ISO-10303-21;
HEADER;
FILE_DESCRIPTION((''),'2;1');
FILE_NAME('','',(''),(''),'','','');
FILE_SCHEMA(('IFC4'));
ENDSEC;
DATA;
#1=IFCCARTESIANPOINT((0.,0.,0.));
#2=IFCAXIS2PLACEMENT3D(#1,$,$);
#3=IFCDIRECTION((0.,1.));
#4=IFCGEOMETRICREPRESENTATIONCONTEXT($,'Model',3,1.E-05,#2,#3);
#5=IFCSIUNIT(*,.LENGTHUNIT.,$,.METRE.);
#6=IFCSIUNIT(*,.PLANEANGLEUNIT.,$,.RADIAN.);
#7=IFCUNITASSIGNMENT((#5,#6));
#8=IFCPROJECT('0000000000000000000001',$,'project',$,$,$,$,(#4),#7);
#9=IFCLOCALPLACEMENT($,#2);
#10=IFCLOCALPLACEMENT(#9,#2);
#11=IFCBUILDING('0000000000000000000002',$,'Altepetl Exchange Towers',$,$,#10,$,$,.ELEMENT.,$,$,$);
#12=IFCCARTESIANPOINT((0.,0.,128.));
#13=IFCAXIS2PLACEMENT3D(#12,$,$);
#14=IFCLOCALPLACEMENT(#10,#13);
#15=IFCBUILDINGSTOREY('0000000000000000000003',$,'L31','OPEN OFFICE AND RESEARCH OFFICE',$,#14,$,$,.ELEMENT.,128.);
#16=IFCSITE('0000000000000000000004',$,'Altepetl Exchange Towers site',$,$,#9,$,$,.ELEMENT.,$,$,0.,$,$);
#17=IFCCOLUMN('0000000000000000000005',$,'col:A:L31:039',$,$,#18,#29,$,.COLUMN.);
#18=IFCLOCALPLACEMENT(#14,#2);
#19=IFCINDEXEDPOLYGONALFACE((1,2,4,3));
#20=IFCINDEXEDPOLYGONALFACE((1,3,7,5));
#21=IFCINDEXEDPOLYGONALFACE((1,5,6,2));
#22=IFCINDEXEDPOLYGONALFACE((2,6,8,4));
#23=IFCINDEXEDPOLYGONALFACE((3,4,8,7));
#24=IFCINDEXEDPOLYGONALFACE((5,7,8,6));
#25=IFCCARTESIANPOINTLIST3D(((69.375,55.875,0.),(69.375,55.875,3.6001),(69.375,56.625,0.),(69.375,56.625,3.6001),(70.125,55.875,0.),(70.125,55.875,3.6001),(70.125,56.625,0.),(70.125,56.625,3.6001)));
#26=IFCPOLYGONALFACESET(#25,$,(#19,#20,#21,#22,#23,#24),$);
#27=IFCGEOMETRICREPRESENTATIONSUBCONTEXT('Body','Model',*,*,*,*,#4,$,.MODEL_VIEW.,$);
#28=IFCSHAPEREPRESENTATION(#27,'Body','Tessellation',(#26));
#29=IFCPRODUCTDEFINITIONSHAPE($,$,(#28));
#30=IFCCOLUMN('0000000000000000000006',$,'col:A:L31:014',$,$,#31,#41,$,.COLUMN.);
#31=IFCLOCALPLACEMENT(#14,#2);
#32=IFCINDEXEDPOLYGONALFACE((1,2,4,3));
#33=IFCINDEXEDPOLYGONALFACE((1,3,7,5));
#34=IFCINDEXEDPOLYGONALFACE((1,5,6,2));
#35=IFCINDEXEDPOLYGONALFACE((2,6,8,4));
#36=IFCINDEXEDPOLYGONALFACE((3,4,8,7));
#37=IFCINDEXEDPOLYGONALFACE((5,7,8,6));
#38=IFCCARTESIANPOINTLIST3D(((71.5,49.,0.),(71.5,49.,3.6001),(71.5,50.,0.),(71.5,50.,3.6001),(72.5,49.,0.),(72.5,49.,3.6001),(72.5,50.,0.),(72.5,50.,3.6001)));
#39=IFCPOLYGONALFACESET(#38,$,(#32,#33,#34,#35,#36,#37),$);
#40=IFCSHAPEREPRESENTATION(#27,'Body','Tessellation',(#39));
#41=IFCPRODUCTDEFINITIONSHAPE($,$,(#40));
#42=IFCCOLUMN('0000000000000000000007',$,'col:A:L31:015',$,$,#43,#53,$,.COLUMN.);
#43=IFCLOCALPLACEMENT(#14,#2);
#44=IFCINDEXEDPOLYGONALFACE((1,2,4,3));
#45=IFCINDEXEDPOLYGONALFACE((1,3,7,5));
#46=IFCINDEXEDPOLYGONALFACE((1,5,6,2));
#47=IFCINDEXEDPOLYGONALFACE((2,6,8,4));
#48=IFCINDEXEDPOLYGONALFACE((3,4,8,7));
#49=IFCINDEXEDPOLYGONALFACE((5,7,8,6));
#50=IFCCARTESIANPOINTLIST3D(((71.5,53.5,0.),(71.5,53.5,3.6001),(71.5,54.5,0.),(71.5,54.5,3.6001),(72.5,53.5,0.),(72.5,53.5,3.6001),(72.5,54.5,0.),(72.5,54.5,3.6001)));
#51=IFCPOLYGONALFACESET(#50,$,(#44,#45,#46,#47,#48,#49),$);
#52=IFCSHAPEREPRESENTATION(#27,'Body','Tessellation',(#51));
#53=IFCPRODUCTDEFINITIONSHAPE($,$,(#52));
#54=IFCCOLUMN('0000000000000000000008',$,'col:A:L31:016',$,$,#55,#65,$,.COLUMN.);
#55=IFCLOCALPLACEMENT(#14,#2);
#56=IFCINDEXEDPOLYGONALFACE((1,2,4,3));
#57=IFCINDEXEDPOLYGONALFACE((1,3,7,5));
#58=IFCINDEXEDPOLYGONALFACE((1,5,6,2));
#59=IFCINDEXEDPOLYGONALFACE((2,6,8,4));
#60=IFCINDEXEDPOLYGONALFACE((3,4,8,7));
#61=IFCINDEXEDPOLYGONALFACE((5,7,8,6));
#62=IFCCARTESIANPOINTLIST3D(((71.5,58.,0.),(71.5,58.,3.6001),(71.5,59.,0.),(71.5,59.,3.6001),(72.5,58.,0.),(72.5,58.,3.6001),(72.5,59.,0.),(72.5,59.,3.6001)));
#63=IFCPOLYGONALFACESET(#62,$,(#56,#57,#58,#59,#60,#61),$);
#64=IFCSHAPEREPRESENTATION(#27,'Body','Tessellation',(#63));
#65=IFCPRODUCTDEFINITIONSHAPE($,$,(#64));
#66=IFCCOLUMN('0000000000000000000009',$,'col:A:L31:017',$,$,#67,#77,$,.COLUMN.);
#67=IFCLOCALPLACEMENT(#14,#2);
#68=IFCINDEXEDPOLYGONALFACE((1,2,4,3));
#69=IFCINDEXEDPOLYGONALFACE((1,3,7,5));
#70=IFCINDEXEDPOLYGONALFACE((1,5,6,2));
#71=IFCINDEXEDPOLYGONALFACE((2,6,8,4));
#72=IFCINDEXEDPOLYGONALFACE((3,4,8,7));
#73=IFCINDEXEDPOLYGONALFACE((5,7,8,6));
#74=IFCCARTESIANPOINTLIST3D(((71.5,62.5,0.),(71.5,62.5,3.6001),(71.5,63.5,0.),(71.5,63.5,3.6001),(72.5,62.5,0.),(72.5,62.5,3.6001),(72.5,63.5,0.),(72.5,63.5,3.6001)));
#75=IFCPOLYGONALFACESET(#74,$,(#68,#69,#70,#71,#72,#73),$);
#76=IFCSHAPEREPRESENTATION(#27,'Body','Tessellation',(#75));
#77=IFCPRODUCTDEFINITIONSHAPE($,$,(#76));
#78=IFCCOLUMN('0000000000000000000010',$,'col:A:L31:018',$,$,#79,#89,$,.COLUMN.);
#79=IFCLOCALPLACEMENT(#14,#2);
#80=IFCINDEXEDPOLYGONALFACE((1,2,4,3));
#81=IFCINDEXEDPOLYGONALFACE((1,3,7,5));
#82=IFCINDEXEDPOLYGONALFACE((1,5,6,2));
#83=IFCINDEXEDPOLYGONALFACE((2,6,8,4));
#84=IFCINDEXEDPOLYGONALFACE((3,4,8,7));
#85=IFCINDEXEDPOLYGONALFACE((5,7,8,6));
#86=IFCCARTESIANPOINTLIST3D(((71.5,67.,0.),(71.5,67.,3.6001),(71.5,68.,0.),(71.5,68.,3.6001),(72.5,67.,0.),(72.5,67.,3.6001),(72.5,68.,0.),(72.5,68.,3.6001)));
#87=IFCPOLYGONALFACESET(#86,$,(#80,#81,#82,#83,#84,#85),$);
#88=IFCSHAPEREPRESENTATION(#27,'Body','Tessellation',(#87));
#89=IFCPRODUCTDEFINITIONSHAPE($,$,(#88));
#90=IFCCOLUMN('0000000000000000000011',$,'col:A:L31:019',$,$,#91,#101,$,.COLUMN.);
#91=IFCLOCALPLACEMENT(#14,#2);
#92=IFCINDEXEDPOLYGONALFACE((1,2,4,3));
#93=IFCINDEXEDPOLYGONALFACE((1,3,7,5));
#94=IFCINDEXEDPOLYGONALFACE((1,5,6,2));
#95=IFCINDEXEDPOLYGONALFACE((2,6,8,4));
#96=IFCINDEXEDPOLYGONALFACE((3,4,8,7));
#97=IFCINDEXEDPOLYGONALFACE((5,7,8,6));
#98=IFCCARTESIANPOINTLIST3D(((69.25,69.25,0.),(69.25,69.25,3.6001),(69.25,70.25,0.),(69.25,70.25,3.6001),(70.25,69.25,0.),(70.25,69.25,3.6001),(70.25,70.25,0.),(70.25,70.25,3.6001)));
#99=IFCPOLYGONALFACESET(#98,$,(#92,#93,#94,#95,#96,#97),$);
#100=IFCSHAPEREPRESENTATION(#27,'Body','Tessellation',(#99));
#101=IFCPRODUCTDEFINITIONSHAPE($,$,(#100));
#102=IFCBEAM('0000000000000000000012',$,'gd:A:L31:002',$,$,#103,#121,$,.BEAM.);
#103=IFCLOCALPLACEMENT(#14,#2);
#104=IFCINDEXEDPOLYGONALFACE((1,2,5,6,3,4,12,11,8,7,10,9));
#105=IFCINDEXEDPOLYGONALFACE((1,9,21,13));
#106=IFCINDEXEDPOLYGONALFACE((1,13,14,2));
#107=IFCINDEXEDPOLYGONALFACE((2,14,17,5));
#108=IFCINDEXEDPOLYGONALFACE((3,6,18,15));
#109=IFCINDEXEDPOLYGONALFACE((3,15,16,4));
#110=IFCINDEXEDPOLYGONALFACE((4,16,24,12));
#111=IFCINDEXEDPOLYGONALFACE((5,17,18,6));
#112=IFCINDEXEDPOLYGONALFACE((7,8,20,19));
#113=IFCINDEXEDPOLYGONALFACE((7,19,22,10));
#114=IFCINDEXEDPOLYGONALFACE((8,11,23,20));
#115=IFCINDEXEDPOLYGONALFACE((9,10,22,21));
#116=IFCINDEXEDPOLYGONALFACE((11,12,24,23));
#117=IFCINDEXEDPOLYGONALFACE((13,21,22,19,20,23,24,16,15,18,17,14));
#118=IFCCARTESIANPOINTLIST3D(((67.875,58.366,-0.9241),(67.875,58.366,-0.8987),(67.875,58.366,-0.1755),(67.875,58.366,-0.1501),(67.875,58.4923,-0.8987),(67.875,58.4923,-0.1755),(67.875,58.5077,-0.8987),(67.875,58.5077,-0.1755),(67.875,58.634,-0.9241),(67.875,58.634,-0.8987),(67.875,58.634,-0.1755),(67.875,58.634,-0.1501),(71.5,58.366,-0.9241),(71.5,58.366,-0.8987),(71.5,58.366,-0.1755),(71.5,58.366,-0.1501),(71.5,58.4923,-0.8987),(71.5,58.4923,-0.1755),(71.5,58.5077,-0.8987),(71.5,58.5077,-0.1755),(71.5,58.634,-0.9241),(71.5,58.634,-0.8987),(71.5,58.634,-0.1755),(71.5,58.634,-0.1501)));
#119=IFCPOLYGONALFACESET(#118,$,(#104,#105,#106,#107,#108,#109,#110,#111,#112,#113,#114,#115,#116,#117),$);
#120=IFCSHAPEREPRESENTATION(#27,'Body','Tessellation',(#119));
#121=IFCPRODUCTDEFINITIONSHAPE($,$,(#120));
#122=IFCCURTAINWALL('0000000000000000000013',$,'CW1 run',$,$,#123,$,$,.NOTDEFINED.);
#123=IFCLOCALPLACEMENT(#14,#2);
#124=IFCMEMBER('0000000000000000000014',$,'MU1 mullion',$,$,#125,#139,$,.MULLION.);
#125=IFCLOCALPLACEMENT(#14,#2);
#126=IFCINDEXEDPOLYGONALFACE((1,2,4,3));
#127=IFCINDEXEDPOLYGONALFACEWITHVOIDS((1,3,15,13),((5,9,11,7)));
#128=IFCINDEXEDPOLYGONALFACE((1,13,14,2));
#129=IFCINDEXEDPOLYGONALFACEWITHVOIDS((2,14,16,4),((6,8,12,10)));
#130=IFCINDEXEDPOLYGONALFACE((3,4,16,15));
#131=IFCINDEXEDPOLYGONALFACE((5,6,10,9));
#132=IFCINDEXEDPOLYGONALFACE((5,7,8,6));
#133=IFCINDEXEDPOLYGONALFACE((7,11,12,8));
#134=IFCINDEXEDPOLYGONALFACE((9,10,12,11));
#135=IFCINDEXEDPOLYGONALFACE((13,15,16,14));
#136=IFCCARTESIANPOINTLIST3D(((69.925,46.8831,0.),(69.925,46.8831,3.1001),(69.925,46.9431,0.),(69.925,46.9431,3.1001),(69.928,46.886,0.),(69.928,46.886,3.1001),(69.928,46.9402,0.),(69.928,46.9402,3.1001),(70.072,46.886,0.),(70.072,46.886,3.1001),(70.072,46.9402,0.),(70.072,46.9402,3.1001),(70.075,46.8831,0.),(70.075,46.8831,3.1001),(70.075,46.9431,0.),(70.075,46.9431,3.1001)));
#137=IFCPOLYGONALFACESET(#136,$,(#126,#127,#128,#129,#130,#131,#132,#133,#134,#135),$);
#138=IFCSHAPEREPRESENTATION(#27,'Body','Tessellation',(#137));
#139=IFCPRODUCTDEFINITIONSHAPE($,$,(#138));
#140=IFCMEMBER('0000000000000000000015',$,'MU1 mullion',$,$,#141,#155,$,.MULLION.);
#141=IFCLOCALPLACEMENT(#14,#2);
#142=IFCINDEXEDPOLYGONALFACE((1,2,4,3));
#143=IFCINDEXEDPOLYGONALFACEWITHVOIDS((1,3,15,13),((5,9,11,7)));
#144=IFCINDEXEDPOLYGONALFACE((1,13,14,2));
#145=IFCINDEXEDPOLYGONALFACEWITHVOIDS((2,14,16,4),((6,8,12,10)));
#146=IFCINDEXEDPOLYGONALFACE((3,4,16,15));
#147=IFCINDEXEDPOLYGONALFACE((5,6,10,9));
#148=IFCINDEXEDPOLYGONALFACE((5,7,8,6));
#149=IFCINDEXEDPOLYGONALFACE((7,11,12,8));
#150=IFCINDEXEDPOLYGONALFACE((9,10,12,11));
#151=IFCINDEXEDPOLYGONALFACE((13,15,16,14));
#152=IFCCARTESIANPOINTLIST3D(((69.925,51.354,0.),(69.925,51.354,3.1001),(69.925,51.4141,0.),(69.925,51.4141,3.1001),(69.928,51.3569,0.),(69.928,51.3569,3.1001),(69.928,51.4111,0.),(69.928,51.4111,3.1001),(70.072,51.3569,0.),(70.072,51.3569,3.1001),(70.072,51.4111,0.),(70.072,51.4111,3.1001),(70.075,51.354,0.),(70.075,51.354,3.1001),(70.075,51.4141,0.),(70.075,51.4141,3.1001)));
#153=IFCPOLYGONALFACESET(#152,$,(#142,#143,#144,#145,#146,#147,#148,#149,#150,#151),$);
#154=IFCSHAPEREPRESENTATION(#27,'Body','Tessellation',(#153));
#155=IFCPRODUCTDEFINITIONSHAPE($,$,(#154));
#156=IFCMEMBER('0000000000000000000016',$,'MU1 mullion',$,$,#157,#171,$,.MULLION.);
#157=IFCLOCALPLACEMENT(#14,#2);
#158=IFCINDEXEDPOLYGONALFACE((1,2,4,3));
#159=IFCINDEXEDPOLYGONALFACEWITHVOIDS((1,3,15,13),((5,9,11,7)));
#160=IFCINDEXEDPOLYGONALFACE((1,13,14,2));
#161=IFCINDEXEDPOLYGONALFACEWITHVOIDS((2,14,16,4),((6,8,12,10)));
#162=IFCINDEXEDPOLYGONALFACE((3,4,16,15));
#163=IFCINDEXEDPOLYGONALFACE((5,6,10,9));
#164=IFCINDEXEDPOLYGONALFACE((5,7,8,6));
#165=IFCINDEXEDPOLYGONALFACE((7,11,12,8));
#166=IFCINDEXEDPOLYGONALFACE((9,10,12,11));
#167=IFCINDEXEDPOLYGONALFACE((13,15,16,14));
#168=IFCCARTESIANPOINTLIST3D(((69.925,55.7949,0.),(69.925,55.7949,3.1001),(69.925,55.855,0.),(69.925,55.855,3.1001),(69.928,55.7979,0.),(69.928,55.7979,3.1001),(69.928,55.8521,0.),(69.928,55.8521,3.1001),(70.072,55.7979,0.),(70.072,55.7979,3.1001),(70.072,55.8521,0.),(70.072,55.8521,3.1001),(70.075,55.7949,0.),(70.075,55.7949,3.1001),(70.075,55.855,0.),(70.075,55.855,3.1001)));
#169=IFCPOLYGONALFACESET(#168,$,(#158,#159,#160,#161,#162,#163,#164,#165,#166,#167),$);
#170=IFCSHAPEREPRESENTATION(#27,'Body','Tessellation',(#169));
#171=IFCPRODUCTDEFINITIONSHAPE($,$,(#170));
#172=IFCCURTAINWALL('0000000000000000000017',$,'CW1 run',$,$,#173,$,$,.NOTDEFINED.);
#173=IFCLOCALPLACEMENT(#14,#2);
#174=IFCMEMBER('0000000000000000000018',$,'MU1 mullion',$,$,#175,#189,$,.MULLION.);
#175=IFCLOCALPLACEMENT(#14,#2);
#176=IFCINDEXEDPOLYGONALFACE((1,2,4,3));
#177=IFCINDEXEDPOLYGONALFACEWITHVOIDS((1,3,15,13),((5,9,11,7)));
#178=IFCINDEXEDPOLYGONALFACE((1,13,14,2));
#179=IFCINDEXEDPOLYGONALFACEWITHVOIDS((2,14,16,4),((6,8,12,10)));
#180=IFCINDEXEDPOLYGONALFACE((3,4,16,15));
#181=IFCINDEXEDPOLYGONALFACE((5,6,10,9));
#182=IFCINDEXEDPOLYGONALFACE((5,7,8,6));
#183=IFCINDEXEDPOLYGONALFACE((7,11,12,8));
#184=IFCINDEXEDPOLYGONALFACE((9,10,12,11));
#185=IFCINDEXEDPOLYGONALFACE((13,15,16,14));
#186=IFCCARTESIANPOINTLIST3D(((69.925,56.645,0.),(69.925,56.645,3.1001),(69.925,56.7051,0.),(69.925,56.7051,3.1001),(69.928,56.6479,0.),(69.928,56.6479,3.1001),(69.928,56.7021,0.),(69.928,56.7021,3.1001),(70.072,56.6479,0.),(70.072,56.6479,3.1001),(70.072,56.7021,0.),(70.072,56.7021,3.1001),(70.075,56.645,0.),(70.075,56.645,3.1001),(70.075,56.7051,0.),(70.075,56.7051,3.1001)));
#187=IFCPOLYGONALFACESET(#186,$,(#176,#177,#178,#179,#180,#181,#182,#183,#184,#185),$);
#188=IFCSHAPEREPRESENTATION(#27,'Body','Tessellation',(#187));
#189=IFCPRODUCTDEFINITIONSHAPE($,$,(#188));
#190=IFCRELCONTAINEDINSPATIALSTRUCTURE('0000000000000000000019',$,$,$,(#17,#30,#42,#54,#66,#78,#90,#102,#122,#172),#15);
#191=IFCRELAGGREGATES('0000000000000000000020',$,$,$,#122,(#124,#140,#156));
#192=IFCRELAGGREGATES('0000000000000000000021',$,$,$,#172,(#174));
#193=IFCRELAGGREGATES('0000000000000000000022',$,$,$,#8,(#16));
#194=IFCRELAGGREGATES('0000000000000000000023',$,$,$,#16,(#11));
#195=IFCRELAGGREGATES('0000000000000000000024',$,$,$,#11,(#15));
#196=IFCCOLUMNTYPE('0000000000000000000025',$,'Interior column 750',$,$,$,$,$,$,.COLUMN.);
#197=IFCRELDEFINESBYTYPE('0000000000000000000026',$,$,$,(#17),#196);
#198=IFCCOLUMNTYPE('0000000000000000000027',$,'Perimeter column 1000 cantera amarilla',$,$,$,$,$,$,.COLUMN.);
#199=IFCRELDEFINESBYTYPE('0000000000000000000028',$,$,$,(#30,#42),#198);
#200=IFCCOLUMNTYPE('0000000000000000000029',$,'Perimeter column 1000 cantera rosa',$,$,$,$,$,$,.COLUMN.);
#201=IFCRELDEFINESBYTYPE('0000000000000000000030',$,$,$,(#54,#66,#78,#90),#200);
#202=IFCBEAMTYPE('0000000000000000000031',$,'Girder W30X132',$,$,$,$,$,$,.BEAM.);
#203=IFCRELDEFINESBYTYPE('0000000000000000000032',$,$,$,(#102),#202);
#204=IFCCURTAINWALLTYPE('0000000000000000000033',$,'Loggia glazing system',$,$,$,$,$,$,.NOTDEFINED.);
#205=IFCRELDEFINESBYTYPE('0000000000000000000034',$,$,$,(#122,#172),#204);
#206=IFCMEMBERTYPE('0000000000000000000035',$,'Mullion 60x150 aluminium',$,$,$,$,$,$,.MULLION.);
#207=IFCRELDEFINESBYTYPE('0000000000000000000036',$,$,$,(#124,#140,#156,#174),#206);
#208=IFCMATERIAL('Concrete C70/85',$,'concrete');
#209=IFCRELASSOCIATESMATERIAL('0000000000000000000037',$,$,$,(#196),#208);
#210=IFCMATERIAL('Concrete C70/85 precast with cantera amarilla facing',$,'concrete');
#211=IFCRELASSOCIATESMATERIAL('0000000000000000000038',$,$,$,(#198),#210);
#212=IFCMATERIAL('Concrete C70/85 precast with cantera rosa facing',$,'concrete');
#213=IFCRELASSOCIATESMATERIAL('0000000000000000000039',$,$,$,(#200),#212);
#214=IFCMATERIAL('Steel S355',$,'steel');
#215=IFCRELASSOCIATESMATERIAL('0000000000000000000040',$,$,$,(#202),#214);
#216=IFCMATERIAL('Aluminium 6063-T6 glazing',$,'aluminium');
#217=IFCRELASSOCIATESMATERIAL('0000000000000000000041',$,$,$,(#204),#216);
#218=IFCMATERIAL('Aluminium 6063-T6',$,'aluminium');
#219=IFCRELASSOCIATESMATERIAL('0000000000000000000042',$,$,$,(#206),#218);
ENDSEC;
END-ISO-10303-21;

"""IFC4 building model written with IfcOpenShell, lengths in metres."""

from ifc_helpers import new_model, si_unit, direction, frame, origin, origin_2d, place, context, subcontext, project, spatial, rectangle, hollow_rectangle, i_section, extrude, material, material_profile, profile_set, type_object, element, aggregate, save


model = new_model("IFC4")

# Units and contexts
model_context = context("Model", 3, precision=1e-05, world=origin(), true_north=direction((0.0, 1.0)))
body_context = subcontext(model_context, "Body", "Model", "MODEL_VIEW")
ifc_project = project(units=[si_unit("LENGTHUNIT", "METRE"), si_unit("PLANEANGLEUNIT", "RADIAN")], contexts=[model_context])

# Site, building, storey
site_placement = place(None, origin())
site = spatial("IfcSite", under=ifc_project, at=site_placement, Name="Altepetl Exchange Towers site", CompositionType="ELEMENT", RefElevation=0.0)
building_placement = place(site_placement, origin())
building = spatial("IfcBuilding", under=site, at=building_placement, Name="Altepetl Exchange Towers", CompositionType="ELEMENT")
storey_placement = place(building_placement, frame((0.0, 0.0, 128.0)))
storey = spatial("IfcBuildingStorey", under=building, at=storey_placement, Name="L31", Description="OPEN OFFICE AND RESEARCH OFFICE", CompositionType="ELEMENT", Elevation=128.0)

# Columns
ifc_material_1 = material(Name="Concrete C70/85", Category="concrete")
ifc_material_profile_1 = material_profile(ifc_material_1, rectangle(XDim=0.75, YDim=0.75, at=origin_2d()), Name="750 x 750")
ifc_profile_set_1 = profile_set([ifc_material_profile_1], Name="Concrete C70/85")
column_type_1 = type_object("IfcColumnType", Name="Interior column 750", PredefinedType="COLUMN", material=ifc_profile_set_1)
column_placement = place(storey_placement, frame((69.75, 56.25, 0.0)))
element("IfcColumn", 1, at=column_placement, inside=storey, type_object=column_type_1, Name="col:A:L31:039", PredefinedType="COLUMN", context=body_context, shape_type="SweptSolid", body=[
    extrude(rectangle(XDim=0.75, YDim=0.75, at=origin_2d()), origin(), (0.0, 0.0, 1.0), 3.6001),
])
ifc_material_2 = material(Name="Concrete C70/85 precast with cantera amarilla facing", Category="concrete")
ifc_material_profile_2 = material_profile(ifc_material_2, rectangle(XDim=1.0, YDim=1.0, at=origin_2d()), Name="1000 x 1000")
ifc_profile_set_2 = profile_set([ifc_material_profile_2], Name="Concrete C70/85 precast with cantera amarilla facing")
column_type_2 = type_object("IfcColumnType", Name="Perimeter column 1000 cantera amarilla", PredefinedType="COLUMN", material=ifc_profile_set_2)
for number, where, name in (
    (2, (72.0, 49.5, 0.0), "col:A:L31:014"),
    (3, (72.0, 54.0, 0.0), "col:A:L31:015"),
):
    element("IfcColumn", number, at=place(storey_placement, frame(where)), inside=storey, type_object=column_type_2, Name=name, PredefinedType="COLUMN", context=body_context, shape_type="SweptSolid", body=[
        extrude(rectangle(XDim=1.0, YDim=1.0, at=origin_2d()), origin(), (0.0, 0.0, 1.0), 3.6001),
    ])
ifc_material_3 = material(Name="Concrete C70/85 precast with cantera rosa facing", Category="concrete")
ifc_material_profile_3 = material_profile(ifc_material_3, rectangle(XDim=1.0, YDim=1.0, at=origin_2d()), Name="1000 x 1000")
ifc_profile_set_3 = profile_set([ifc_material_profile_3], Name="Concrete C70/85 precast with cantera rosa facing")
column_type_3 = type_object("IfcColumnType", Name="Perimeter column 1000 cantera rosa", PredefinedType="COLUMN", material=ifc_profile_set_3)
for number, where, name in (
    (4, (72.0, 58.5, 0.0), "col:A:L31:016"),
    (5, (72.0, 63.0, 0.0), "col:A:L31:017"),
    (6, (72.0, 67.5, 0.0), "col:A:L31:018"),
    (7, (69.75, 69.75, 0.0), "col:A:L31:019"),
):
    element("IfcColumn", number, at=place(storey_placement, frame(where)), inside=storey, type_object=column_type_3, Name=name, PredefinedType="COLUMN", context=body_context, shape_type="SweptSolid", body=[
        extrude(rectangle(XDim=1.0, YDim=1.0, at=origin_2d()), origin(), (0.0, 0.0, 1.0), 3.6001),
    ])

# Beam
ifc_material_4 = material(Name="Steel S355", Category="steel")
ifc_material_profile_4 = material_profile(ifc_material_4, i_section(OverallWidth=0.2681, OverallDepth=0.7739, WebThickness=0.0154, FlangeThickness=0.0254, at=origin_2d()), Name="W30X132")
ifc_profile_set_4 = profile_set([ifc_material_profile_4], Name="Steel S355")
beam_type_1 = type_object("IfcBeamType", Name="Girder W30X132", PredefinedType="BEAM", material=ifc_profile_set_4)
beam_1_placement = place(storey_placement, frame((67.875, 58.5, -0.5371), z_axis=(1.0, 0.0, 0.0), x_axis=(0.0, 1.0, 0.0)))
element("IfcBeam", 8, at=beam_1_placement, inside=storey, type_object=beam_type_1, Name="gd:A:L31:002", PredefinedType="BEAM", context=body_context, shape_type="SweptSolid", body=[
    extrude(i_section(OverallWidth=0.2681, OverallDepth=0.7739, WebThickness=0.0154, FlangeThickness=0.0254, at=origin_2d()), origin(), (0.0, 0.0, 1.0), 3.625),
])

# Curtain walls, members
ifc_material_5 = material(Name="Aluminium 6063-T6 glazing", Category="aluminium")
curtain_wall_type = type_object("IfcCurtainWallType", Name="Loggia glazing system", PredefinedType="NOTDEFINED", material=ifc_material_5)
curtain_wall_1_placement = place(storey_placement, origin())
curtain_wall_1 = element("IfcCurtainWall", 9, at=curtain_wall_1_placement, inside=storey, type_object=curtain_wall_type, Name="CW1 run", PredefinedType="NOTDEFINED")
ifc_material_6 = material(Name="Aluminium 6063-T6", Category="aluminium")
ifc_material_profile_5 = material_profile(ifc_material_6, hollow_rectangle(XDim=0.0601, YDim=0.1499, WallThickness=0.0029, at=origin_2d()), Name="Mullion 60x150 aluminium")
ifc_profile_set_5 = profile_set([ifc_material_profile_5], Name="Aluminium 6063-T6")
member_type = type_object("IfcMemberType", Name="Mullion 60x150 aluminium", PredefinedType="MULLION", material=ifc_profile_set_5)
member_1_placement = place(storey_placement, frame((70.0, 46.9131, 0.0), z_axis=(0.0, 0.0, 1.0), x_axis=(0.0, 1.0, 0.0)))
member_1 = element("IfcMember", 10, at=member_1_placement, type_object=member_type, Name="MU1 mullion", PredefinedType="MULLION", context=body_context, shape_type="SweptSolid", body=[
    extrude(hollow_rectangle(XDim=0.0601, YDim=0.1499, WallThickness=0.0029, at=origin_2d()), origin(), (0.0, 0.0, 1.0), 3.1001),
])
member_2_placement = place(storey_placement, frame((70.0, 51.384, 0.0), z_axis=(0.0, 0.0, 1.0), x_axis=(0.0, 1.0, 0.0)))
member_2 = element("IfcMember", 11, at=member_2_placement, type_object=member_type, Name="MU1 mullion", PredefinedType="MULLION", context=body_context, shape_type="SweptSolid", body=[
    extrude(hollow_rectangle(XDim=0.0601, YDim=0.1499, WallThickness=0.0029, at=origin_2d()), origin(), (0.0, 0.0, 1.0), 3.1001),
])
member_3_placement = place(storey_placement, frame((70.0, 55.825, 0.0), z_axis=(0.0, 0.0, 1.0), x_axis=(0.0, 1.0, 0.0)))
member_3 = element("IfcMember", 12, at=member_3_placement, type_object=member_type, Name="MU1 mullion", PredefinedType="MULLION", context=body_context, shape_type="SweptSolid", body=[
    extrude(hollow_rectangle(XDim=0.0601, YDim=0.1499, WallThickness=0.0029, at=origin_2d()), origin(), (0.0, 0.0, 1.0), 3.1001),
])
curtain_wall_2_placement = place(storey_placement, origin())
curtain_wall_2 = element("IfcCurtainWall", 13, at=curtain_wall_2_placement, inside=storey, type_object=curtain_wall_type, Name="CW1 run", PredefinedType="NOTDEFINED")
member_4_placement = place(storey_placement, frame((70.0, 56.675, 0.0), z_axis=(0.0, 0.0, 1.0), x_axis=(0.0, 1.0, 0.0)))
member_4 = element("IfcMember", 14, at=member_4_placement, type_object=member_type, Name="MU1 mullion", PredefinedType="MULLION", context=body_context, shape_type="SweptSolid", body=[
    extrude(hollow_rectangle(XDim=0.0601, YDim=0.1499, WallThickness=0.0029, at=origin_2d()), origin(), (0.0, 0.0, 1.0), 3.1001),
])

aggregate(curtain_wall_1, [member_1, member_2, member_3])
aggregate(curtain_wall_2, [member_4])

save(model, "model.ifc")
